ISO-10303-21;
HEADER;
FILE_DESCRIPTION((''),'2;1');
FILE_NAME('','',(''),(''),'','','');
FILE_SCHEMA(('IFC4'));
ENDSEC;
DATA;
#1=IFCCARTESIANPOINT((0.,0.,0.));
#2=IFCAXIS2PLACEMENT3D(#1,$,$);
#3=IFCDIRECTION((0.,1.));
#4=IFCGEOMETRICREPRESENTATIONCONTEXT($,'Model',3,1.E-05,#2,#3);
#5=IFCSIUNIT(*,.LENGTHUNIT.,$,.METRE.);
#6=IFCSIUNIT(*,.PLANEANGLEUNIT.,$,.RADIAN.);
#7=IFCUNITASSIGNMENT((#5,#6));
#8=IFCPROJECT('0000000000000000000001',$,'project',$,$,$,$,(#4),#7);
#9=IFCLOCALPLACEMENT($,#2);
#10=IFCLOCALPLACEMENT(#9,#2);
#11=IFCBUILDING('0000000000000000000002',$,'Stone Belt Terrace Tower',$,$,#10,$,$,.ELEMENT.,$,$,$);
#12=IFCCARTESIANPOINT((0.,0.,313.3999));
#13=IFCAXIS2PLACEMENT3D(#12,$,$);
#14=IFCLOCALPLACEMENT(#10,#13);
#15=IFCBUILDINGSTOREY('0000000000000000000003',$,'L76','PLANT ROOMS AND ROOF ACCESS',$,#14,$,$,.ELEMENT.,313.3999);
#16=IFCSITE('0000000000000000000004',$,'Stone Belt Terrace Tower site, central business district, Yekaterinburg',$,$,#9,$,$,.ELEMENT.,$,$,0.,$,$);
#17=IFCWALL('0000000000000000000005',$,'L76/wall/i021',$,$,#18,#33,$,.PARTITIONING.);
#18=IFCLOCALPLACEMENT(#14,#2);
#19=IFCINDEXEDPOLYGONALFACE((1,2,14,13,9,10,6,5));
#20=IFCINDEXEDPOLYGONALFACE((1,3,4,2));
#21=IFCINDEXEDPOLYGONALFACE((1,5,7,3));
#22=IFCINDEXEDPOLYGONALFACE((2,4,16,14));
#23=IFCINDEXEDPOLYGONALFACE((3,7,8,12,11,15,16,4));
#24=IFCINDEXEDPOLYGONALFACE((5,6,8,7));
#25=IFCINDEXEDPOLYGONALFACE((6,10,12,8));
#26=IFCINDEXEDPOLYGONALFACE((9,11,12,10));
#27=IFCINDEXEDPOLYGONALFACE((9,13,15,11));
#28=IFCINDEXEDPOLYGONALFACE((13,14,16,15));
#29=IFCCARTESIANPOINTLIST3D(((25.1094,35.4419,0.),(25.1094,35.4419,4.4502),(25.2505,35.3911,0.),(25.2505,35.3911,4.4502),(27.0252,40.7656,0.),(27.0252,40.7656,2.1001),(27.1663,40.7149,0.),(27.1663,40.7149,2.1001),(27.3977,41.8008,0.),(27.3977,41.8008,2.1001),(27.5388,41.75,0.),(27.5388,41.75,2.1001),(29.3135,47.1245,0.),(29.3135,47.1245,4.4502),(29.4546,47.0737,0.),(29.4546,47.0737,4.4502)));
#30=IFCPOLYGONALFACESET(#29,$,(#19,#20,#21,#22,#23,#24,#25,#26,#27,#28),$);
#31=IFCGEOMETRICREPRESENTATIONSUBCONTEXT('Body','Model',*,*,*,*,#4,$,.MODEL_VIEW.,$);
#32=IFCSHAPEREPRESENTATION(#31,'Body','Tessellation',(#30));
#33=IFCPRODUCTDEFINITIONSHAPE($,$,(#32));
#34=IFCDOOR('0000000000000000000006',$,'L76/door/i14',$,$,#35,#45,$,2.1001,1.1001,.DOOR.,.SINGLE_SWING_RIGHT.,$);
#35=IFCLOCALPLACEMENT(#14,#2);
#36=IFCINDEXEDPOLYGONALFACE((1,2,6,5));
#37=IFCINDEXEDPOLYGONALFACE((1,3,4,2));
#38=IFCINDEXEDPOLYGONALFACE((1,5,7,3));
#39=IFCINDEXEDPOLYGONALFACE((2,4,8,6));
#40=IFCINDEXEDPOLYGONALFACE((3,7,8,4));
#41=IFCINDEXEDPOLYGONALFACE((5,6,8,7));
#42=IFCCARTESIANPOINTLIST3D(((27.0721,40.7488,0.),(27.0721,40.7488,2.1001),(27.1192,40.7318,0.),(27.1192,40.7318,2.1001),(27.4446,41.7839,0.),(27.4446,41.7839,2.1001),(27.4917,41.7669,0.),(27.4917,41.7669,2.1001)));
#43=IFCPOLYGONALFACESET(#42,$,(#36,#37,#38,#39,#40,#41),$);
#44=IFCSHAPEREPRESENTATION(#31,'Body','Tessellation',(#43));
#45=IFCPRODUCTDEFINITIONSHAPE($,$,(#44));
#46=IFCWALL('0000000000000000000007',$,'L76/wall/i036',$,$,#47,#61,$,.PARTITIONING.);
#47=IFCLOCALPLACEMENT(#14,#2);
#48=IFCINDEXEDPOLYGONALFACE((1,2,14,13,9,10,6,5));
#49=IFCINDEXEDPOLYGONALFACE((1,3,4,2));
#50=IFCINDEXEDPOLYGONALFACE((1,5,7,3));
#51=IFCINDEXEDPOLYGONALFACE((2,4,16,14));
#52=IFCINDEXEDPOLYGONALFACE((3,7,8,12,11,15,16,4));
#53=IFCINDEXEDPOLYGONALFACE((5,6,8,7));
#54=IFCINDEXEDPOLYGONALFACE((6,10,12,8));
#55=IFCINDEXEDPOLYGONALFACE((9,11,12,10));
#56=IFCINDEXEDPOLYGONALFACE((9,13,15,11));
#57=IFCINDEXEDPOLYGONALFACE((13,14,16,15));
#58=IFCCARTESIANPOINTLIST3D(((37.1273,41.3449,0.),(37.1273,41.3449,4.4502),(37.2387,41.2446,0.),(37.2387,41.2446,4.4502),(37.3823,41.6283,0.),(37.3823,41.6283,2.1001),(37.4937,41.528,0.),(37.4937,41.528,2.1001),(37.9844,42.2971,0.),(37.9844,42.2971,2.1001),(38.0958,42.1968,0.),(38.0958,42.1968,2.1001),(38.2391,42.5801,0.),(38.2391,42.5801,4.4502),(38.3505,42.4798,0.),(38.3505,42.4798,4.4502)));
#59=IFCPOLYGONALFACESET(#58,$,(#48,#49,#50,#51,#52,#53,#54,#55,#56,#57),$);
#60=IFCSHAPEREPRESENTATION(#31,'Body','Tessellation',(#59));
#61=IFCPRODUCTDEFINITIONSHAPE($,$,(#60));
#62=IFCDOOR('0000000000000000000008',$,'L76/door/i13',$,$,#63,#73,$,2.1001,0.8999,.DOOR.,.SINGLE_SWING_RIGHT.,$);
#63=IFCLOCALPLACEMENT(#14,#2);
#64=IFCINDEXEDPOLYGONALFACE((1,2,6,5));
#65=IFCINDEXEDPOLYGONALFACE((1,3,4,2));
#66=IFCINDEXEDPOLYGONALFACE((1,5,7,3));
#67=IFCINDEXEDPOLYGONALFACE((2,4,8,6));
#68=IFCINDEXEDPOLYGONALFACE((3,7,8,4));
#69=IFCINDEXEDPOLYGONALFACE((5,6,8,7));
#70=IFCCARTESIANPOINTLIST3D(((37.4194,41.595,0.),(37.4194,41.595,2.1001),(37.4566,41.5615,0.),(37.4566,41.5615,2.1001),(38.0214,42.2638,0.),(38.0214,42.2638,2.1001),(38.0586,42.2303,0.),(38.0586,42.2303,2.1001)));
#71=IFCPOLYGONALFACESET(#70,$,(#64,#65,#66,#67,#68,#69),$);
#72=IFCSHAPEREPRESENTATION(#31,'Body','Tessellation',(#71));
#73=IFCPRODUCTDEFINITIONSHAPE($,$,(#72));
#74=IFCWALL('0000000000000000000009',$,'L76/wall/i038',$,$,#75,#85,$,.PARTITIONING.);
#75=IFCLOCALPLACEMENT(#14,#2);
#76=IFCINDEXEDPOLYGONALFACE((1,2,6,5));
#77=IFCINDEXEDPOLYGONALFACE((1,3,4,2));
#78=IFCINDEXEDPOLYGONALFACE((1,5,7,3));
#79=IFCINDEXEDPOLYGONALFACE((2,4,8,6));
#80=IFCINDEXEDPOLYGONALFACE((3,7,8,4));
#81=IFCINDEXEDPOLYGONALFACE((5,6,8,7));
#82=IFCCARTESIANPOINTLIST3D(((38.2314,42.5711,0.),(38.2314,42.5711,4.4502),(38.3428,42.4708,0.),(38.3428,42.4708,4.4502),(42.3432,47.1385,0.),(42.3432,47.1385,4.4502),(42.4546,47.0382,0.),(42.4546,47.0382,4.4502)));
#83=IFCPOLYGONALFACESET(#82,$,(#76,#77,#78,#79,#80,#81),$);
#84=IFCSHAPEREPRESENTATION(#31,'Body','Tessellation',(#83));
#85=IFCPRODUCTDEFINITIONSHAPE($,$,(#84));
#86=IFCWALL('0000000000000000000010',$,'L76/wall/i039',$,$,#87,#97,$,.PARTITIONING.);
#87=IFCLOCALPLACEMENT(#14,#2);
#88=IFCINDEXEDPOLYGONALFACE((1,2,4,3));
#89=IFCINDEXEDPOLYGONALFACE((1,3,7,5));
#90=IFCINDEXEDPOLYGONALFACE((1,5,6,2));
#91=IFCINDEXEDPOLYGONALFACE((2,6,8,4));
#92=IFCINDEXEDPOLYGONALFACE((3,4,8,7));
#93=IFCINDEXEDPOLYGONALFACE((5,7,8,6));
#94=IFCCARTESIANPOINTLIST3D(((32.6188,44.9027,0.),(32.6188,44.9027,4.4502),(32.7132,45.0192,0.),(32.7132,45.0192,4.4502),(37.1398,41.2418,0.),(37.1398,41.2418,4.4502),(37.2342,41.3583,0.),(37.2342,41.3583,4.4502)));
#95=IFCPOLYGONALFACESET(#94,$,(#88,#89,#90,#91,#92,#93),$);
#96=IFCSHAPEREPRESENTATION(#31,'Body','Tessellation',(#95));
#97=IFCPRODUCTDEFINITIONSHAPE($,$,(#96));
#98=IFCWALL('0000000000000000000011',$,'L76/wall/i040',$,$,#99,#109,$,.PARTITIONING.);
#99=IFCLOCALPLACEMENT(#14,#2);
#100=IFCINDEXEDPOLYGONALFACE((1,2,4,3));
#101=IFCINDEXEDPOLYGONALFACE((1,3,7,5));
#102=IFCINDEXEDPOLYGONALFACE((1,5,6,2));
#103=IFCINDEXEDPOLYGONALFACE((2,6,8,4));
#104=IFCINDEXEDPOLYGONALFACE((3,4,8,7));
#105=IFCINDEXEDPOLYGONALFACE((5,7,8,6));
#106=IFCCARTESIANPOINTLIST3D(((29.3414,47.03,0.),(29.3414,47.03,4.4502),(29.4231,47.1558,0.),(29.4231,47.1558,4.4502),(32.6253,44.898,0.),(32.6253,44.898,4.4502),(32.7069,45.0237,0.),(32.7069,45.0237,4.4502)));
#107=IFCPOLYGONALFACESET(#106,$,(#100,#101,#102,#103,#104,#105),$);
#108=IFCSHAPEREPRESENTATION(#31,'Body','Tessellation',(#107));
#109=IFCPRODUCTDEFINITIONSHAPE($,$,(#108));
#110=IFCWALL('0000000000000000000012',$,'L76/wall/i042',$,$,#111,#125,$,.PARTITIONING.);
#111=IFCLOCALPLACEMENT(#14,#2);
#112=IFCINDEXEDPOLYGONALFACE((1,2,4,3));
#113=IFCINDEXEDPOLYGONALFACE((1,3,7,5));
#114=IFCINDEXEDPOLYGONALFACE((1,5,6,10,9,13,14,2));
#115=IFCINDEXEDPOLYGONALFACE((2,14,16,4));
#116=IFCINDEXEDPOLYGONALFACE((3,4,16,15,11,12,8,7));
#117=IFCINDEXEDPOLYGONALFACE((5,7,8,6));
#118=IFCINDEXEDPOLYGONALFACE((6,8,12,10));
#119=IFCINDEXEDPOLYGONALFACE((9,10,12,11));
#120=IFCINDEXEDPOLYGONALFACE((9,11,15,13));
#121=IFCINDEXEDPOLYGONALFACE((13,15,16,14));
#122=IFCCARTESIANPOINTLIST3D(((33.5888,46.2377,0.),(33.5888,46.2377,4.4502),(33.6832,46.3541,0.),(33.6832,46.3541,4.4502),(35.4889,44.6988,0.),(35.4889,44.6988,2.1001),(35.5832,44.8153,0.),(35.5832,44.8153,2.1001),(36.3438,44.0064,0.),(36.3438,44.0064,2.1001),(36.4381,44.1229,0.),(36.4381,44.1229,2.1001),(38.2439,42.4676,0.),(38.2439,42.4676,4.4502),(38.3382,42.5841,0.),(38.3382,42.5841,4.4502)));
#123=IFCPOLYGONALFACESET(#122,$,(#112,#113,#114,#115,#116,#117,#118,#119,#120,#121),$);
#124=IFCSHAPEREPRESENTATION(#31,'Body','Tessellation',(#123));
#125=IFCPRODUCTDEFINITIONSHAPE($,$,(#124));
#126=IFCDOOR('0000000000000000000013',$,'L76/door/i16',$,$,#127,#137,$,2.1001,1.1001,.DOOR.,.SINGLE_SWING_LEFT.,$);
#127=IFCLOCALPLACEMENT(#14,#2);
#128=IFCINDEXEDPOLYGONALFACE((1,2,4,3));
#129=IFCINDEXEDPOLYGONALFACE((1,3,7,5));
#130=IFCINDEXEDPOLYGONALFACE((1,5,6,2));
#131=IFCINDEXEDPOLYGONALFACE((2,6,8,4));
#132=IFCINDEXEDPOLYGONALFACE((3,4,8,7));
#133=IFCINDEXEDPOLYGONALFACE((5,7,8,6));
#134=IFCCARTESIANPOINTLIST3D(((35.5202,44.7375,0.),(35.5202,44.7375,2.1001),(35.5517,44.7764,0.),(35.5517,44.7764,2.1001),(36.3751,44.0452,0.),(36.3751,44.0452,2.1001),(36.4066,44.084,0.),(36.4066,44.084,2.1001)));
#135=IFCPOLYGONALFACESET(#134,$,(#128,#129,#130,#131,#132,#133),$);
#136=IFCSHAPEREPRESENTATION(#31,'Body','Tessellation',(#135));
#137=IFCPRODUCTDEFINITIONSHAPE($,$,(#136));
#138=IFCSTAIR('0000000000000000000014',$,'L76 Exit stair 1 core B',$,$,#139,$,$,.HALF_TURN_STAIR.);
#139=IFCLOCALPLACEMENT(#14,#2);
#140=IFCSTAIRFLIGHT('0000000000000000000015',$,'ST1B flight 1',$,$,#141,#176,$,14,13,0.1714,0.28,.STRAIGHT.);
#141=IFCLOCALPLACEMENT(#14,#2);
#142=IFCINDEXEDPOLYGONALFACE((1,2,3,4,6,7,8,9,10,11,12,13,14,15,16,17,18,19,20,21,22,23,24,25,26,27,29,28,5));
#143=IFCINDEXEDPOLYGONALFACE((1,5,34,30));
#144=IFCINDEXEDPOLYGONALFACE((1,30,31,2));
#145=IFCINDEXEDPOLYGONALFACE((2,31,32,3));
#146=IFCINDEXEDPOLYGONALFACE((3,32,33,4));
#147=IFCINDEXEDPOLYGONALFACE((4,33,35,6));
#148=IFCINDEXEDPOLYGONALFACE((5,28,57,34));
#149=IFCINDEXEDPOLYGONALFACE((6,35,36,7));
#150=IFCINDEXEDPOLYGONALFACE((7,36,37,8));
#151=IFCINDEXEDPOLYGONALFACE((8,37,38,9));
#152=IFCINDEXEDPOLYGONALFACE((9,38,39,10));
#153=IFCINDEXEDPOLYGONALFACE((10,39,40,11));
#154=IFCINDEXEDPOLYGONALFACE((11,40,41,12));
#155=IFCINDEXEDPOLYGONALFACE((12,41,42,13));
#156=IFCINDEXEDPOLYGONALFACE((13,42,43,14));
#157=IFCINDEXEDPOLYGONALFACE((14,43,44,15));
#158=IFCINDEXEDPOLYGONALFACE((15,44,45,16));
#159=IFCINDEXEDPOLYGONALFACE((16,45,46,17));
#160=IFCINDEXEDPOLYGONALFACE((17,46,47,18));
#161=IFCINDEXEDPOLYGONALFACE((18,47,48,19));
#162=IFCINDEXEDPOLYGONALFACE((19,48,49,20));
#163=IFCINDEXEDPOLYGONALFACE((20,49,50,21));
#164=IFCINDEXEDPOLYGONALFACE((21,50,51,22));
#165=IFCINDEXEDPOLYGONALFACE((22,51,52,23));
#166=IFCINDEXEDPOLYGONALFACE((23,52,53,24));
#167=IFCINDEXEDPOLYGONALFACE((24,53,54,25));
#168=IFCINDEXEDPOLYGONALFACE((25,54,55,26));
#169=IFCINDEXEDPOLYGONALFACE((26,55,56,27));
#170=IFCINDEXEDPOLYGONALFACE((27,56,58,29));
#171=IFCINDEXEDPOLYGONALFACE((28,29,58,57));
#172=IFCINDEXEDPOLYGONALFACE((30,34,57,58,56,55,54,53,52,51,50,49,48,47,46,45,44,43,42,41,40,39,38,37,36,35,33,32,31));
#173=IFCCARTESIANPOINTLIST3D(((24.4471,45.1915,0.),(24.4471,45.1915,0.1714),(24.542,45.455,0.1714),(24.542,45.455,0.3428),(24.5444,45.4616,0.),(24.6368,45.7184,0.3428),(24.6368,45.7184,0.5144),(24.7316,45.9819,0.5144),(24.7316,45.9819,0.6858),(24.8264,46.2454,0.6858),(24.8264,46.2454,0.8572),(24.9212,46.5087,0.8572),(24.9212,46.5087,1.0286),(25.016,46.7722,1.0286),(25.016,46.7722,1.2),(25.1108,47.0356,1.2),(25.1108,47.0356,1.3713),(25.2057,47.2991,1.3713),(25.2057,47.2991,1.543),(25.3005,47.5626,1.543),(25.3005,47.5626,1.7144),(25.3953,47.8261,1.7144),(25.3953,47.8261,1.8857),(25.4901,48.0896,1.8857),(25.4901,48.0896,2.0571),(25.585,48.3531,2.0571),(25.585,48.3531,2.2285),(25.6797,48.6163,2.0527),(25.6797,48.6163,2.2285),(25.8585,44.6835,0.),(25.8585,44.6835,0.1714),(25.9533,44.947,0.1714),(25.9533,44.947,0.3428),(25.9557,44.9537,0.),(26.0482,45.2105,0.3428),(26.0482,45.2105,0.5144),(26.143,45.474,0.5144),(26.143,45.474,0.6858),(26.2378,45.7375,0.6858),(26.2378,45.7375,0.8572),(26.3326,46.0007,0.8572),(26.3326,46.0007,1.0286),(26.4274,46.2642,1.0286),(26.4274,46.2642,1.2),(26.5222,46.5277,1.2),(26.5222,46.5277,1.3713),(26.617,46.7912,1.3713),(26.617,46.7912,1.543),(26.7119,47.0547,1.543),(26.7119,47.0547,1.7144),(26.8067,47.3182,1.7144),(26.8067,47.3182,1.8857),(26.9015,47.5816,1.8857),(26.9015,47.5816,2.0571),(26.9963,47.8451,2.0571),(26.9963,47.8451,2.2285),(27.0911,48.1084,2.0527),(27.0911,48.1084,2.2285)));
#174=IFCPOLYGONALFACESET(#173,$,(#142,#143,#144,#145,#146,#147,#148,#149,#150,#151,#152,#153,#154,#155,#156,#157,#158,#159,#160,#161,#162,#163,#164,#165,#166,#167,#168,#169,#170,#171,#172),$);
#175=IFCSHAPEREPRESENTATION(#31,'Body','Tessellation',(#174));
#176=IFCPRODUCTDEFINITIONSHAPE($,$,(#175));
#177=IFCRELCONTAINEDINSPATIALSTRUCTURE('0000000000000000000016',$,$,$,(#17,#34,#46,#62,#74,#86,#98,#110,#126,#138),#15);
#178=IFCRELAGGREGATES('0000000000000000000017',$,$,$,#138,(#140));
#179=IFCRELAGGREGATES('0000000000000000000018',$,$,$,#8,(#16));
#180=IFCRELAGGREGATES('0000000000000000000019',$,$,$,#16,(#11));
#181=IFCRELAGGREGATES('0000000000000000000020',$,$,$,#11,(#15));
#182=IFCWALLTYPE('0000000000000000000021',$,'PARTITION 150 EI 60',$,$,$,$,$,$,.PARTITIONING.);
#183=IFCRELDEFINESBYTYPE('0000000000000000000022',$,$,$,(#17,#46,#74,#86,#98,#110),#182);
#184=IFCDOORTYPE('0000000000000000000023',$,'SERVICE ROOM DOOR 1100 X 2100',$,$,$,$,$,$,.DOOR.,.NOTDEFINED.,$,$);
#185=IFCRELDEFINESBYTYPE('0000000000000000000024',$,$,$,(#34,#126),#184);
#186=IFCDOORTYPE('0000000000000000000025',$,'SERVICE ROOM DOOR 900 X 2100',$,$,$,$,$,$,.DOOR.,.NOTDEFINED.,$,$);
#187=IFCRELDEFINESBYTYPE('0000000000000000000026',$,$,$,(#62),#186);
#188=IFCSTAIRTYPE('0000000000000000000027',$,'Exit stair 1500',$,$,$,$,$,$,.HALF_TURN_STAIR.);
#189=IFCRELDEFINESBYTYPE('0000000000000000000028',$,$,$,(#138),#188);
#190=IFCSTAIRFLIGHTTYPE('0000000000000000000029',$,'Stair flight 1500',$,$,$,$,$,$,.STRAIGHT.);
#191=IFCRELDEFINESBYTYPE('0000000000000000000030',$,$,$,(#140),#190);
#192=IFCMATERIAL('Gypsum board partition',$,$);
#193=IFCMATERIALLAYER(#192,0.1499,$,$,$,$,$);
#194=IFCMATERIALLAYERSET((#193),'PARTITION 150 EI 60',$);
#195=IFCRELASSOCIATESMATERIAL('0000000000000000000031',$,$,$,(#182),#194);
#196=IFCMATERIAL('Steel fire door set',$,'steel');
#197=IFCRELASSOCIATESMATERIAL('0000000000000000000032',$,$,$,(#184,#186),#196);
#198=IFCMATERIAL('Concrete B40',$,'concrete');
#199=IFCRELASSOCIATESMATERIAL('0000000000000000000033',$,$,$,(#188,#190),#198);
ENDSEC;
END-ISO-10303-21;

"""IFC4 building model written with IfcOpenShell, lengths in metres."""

from ifc_helpers import new_model, si_unit, direction, frame, frame_2d, origin, place, context, subcontext, project, spatial, polyline, rectangle, outline, extrude, material, layer, layer_set, type_object, element, fill, aggregate, save


model = new_model("IFC4")

# Units and contexts
model_context = context("Model", 3, precision=1e-05, world=origin(), true_north=direction((0.0, 1.0)))
body_context = subcontext(model_context, "Body", "Model", "MODEL_VIEW")
ifc_project = project(units=[si_unit("LENGTHUNIT", "METRE"), si_unit("PLANEANGLEUNIT", "RADIAN")], contexts=[model_context])

# Site, building, storey
site_placement = place(None, origin())
site = spatial("IfcSite", under=ifc_project, at=site_placement, Name="Stone Belt Terrace Tower site, central business district, Yekaterinburg", CompositionType="ELEMENT", RefElevation=0.0)
building_placement = place(site_placement, origin())
building = spatial("IfcBuilding", under=site, at=building_placement, Name="Stone Belt Terrace Tower", CompositionType="ELEMENT")
storey_placement = place(building_placement, frame((0.0, 0.0, 313.3999)))
storey = spatial("IfcBuildingStorey", under=building, at=storey_placement, Name="L76", Description="PLANT ROOMS AND ROOF ACCESS", CompositionType="ELEMENT", Elevation=313.3999)

# Walls, openings, doors
ifc_material_1 = material(Name="Gypsum board partition")
ifc_layer_1 = layer(ifc_material_1, 0.1499)
ifc_layer_set_1 = layer_set([ifc_layer_1], Name="PARTITION 150 EI 60")
wall_type_1 = type_object("IfcWallType", Name="PARTITION 150 EI 60", PredefinedType="PARTITIONING", material=ifc_layer_set_1)
wall_1_placement = place(storey_placement, frame((29.384, 47.0991, 0.0), z_axis=(0.0, 0.0, 1.0), x_axis=(-0.338602, -0.94093, 0.0)))
wall_1 = element("IfcWall", 1, at=wall_1_placement, inside=storey, type_object=wall_type_1, Name="L76/wall/i021", PredefinedType="PARTITIONING", context=body_context, shape_type="SweptSolid", body=[
    extrude(rectangle(XDim=12.416, YDim=0.1499, at=frame_2d((6.208, 0.0))), origin(), (0.0, 0.0, 1.0), 4.4502),
])
opening_1_placement = place(wall_1_placement, frame((5.658, 0.0, 0.0)))
opening_1 = element("IfcOpeningElement", 2, at=opening_1_placement, cuts=wall_1, PredefinedType="OPENING", context=body_context, shape_type="SweptSolid", body=[
    extrude(rectangle(XDim=1.1001, YDim=2.1001, at=frame_2d((0.55, 1.05))), frame((0.0, 0.085, 0.0), z_axis=(0.0, -1.0, 0.0), x_axis=(1.0, 0.0, 0.0)), (0.0, 0.0, 1.0), 0.1699),
])
ifc_material_2 = material(Name="Steel fire door set", Category="steel")
door_type_1 = type_object("IfcDoorType", Name="SERVICE ROOM DOOR 1100 X 2100", OperationType="NOTDEFINED", PredefinedType="DOOR", material=ifc_material_2)
door_1_placement = place(opening_1_placement, origin())
door_1 = element("IfcDoor", 3, at=door_1_placement, inside=storey, type_object=door_type_1, Name="L76/door/i14", OperationType="SINGLE_SWING_RIGHT", OverallHeight=2.1001, OverallWidth=1.1001, PredefinedType="DOOR", context=body_context, shape_type="SweptSolid", body=[
    extrude(rectangle(XDim=1.1001, YDim=2.1001, at=frame_2d((0.55, 1.05))), frame((0.0, 0.0249, 0.0), z_axis=(0.0, -1.0, 0.0), x_axis=(1.0, 0.0, 0.0)), (0.0, 0.0, 1.0), 0.05),
])
fill(opening_1, door_1)
wall_2_placement = place(storey_placement, frame((38.2949, 42.53, 0.0), z_axis=(0.0, 0.0, 1.0), x_axis=(-0.669038, -0.743228, 0.0)))
wall_2 = element("IfcWall", 4, at=wall_2_placement, inside=storey, type_object=wall_type_1, Name="L76/wall/i036", PredefinedType="PARTITIONING", context=body_context, shape_type="SweptSolid", body=[
    extrude(rectangle(XDim=1.6619, YDim=0.1499, at=frame_2d((0.8311, 0.0))), origin(), (0.0, 0.0, 1.0), 4.4502),
])
opening_2_placement = place(wall_2_placement, frame((0.3809, 0.0, 0.0)))
opening_2 = element("IfcOpeningElement", 5, at=opening_2_placement, cuts=wall_2, PredefinedType="OPENING", context=body_context, shape_type="SweptSolid", body=[
    extrude(rectangle(XDim=0.8999, YDim=2.1001, at=frame_2d((0.45, 1.05))), frame((0.0, 0.085, 0.0), z_axis=(0.0, -1.0, 0.0), x_axis=(1.0, 0.0, 0.0)), (0.0, 0.0, 1.0), 0.1699),
])
door_type_2 = type_object("IfcDoorType", Name="SERVICE ROOM DOOR 900 X 2100", OperationType="NOTDEFINED", PredefinedType="DOOR", material=ifc_material_2)
door_2_placement = place(opening_2_placement, origin())
door_2 = element("IfcDoor", 6, at=door_2_placement, inside=storey, type_object=door_type_2, Name="L76/door/i13", OperationType="SINGLE_SWING_RIGHT", OverallHeight=2.1001, OverallWidth=0.8999, PredefinedType="DOOR", context=body_context, shape_type="SweptSolid", body=[
    extrude(rectangle(XDim=0.8999, YDim=2.1001, at=frame_2d((0.45, 1.05))), frame((0.0, 0.0249, 0.0), z_axis=(0.0, -1.0, 0.0), x_axis=(1.0, 0.0, 0.0)), (0.0, 0.0, 1.0), 0.05),
])
fill(opening_2, door_2)

# Walls
wall_3_placement = place(storey_placement, frame((38.2871, 42.521, 0.0), z_axis=(0.0, 0.0, 1.0), x_axis=(0.66907, 0.743199, 0.0)))
element("IfcWall", 7, at=wall_3_placement, inside=storey, type_object=wall_type_1, Name="L76/wall/i038", PredefinedType="PARTITIONING", context=body_context, shape_type="SweptSolid", body=[
    extrude(rectangle(XDim=6.1455, YDim=0.1499, at=frame_2d((3.0728, 0.0))), origin(), (0.0, 0.0, 1.0), 4.4502),
])
wall_4_placement = place(storey_placement, frame((37.187, 41.3, 0.0), z_axis=(0.0, 0.0, 1.0), x_axis=(-0.777158, 0.629306, 0.0)))
element("IfcWall", 8, at=wall_4_placement, inside=storey, type_object=wall_type_1, Name="L76/wall/i039", PredefinedType="PARTITIONING", context=body_context, shape_type="SweptSolid", body=[
    extrude(rectangle(XDim=5.8174, YDim=0.1499, at=frame_2d((2.9087, 0.0))), origin(), (0.0, 0.0, 1.0), 4.4502),
])
wall_5_placement = place(storey_placement, frame((32.666, 44.9609, 0.0), z_axis=(0.0, 0.0, 1.0), x_axis=(-0.838733, 0.544543, 0.0)))
element("IfcWall", 9, at=wall_5_placement, inside=storey, type_object=wall_type_1, Name="L76/wall/i040", PredefinedType="PARTITIONING", context=body_context, shape_type="SweptSolid", body=[
    extrude(rectangle(XDim=3.9153, YDim=0.1499, at=frame_2d((1.9575, 0.0))), origin(), (0.0, 0.0, 1.0), 4.4502),
])

# Wall, opening, door
wall_6_placement = place(storey_placement, frame((33.636, 46.2959, 0.0), z_axis=(0.0, 0.0, 1.0), x_axis=(0.777109, -0.629366, 0.0)))
wall_6 = element("IfcWall", 10, at=wall_6_placement, inside=storey, type_object=wall_type_1, Name="L76/wall/i042", PredefinedType="PARTITIONING", context=body_context, shape_type="SweptSolid", body=[
    extrude(rectangle(XDim=5.9902, YDim=0.1499, at=frame_2d((2.9951, 0.0))), origin(), (0.0, 0.0, 1.0), 4.4502),
])
opening_3_placement = place(wall_6_placement, frame((2.4451, 0.0, 0.0)))
opening_3 = element("IfcOpeningElement", 11, at=opening_3_placement, cuts=wall_6, PredefinedType="OPENING", context=body_context, shape_type="SweptSolid", body=[
    extrude(rectangle(XDim=1.1001, YDim=2.1001, at=frame_2d((0.55, 1.05))), frame((0.0, 0.085, 0.0), z_axis=(0.0, -1.0, 0.0), x_axis=(1.0, 0.0, 0.0)), (0.0, 0.0, 1.0), 0.1699),
])
door_3_placement = place(opening_3_placement, origin())
door_3 = element("IfcDoor", 12, at=door_3_placement, inside=storey, type_object=door_type_1, Name="L76/door/i16", OperationType="SINGLE_SWING_LEFT", OverallHeight=2.1001, OverallWidth=1.1001, PredefinedType="DOOR", context=body_context, shape_type="SweptSolid", body=[
    extrude(rectangle(XDim=1.1001, YDim=2.1001, at=frame_2d((0.55, 1.05))), frame((0.0, 0.0249, 0.0), z_axis=(0.0, -1.0, 0.0), x_axis=(1.0, 0.0, 0.0)), (0.0, 0.0, 1.0), 0.05),
])
fill(opening_3, door_3)

# Stair, stair flight
ifc_material_3 = material(Name="Concrete B40", Category="concrete")
stair_type = type_object("IfcStairType", Name="Exit stair 1500", PredefinedType="HALF_TURN_STAIR", material=ifc_material_3)
stair_placement = place(storey_placement, origin())
stair = element("IfcStair", 13, at=stair_placement, inside=storey, type_object=stair_type, Name="L76 Exit stair 1 core B", PredefinedType="HALF_TURN_STAIR")
stair_flight_type = type_object("IfcStairFlightType", Name="Stair flight 1500", PredefinedType="STRAIGHT", material=ifc_material_3)
stair_flight_placement = place(storey_placement, frame((25.1528, 44.9375, 0.0), z_axis=(0.0, 0.0, 1.0), x_axis=(0.338624, 0.940922, 0.0)))
stair_flight = element("IfcStairFlight", 14, at=stair_flight_placement, type_object=stair_flight_type, Name="ST1B flight 1", NumberOfRisers=14, NumberOfTreads=13, PredefinedType="STRAIGHT", RiserHeight=0.1714, TreadLength=0.28, context=body_context, shape_type="SweptSolid", body=[
    extrude(outline(polyline([(0.0, 0.0), (0.0, 0.1714), (0.28, 0.1714), (0.28, 0.3428), (0.5601, 0.3428), (0.5601, 0.5144), (0.8401, 0.5144), (0.8401, 0.6858), (1.1201, 0.6858), (1.1201, 0.8572), (1.3999, 0.8572), (1.3999, 1.0286), (1.6799, 1.0286), (1.6799, 1.2), (1.96, 1.2), (1.96, 1.3713), (2.24, 1.3713), (2.24, 1.543), (2.52, 1.543), (2.52, 1.7144), (2.8, 1.7144), (2.8, 1.8857), (3.0801, 1.8857), (3.0801, 2.0571), (3.3601, 2.0571), (3.3601, 2.2285), (3.6399, 2.2285), (3.6399, 2.3999), (3.6399, 2.0527), (0.2871, 0.0), (0.0, 0.0)])), frame((0.0, 0.75, 0.0), z_axis=(0.0, -1.0, 0.0), x_axis=(1.0, 0.0, 0.0)), (0.0, 0.0, 1.0), 1.5),
])
aggregate(stair, [stair_flight])

save(model, "model.ifc")
